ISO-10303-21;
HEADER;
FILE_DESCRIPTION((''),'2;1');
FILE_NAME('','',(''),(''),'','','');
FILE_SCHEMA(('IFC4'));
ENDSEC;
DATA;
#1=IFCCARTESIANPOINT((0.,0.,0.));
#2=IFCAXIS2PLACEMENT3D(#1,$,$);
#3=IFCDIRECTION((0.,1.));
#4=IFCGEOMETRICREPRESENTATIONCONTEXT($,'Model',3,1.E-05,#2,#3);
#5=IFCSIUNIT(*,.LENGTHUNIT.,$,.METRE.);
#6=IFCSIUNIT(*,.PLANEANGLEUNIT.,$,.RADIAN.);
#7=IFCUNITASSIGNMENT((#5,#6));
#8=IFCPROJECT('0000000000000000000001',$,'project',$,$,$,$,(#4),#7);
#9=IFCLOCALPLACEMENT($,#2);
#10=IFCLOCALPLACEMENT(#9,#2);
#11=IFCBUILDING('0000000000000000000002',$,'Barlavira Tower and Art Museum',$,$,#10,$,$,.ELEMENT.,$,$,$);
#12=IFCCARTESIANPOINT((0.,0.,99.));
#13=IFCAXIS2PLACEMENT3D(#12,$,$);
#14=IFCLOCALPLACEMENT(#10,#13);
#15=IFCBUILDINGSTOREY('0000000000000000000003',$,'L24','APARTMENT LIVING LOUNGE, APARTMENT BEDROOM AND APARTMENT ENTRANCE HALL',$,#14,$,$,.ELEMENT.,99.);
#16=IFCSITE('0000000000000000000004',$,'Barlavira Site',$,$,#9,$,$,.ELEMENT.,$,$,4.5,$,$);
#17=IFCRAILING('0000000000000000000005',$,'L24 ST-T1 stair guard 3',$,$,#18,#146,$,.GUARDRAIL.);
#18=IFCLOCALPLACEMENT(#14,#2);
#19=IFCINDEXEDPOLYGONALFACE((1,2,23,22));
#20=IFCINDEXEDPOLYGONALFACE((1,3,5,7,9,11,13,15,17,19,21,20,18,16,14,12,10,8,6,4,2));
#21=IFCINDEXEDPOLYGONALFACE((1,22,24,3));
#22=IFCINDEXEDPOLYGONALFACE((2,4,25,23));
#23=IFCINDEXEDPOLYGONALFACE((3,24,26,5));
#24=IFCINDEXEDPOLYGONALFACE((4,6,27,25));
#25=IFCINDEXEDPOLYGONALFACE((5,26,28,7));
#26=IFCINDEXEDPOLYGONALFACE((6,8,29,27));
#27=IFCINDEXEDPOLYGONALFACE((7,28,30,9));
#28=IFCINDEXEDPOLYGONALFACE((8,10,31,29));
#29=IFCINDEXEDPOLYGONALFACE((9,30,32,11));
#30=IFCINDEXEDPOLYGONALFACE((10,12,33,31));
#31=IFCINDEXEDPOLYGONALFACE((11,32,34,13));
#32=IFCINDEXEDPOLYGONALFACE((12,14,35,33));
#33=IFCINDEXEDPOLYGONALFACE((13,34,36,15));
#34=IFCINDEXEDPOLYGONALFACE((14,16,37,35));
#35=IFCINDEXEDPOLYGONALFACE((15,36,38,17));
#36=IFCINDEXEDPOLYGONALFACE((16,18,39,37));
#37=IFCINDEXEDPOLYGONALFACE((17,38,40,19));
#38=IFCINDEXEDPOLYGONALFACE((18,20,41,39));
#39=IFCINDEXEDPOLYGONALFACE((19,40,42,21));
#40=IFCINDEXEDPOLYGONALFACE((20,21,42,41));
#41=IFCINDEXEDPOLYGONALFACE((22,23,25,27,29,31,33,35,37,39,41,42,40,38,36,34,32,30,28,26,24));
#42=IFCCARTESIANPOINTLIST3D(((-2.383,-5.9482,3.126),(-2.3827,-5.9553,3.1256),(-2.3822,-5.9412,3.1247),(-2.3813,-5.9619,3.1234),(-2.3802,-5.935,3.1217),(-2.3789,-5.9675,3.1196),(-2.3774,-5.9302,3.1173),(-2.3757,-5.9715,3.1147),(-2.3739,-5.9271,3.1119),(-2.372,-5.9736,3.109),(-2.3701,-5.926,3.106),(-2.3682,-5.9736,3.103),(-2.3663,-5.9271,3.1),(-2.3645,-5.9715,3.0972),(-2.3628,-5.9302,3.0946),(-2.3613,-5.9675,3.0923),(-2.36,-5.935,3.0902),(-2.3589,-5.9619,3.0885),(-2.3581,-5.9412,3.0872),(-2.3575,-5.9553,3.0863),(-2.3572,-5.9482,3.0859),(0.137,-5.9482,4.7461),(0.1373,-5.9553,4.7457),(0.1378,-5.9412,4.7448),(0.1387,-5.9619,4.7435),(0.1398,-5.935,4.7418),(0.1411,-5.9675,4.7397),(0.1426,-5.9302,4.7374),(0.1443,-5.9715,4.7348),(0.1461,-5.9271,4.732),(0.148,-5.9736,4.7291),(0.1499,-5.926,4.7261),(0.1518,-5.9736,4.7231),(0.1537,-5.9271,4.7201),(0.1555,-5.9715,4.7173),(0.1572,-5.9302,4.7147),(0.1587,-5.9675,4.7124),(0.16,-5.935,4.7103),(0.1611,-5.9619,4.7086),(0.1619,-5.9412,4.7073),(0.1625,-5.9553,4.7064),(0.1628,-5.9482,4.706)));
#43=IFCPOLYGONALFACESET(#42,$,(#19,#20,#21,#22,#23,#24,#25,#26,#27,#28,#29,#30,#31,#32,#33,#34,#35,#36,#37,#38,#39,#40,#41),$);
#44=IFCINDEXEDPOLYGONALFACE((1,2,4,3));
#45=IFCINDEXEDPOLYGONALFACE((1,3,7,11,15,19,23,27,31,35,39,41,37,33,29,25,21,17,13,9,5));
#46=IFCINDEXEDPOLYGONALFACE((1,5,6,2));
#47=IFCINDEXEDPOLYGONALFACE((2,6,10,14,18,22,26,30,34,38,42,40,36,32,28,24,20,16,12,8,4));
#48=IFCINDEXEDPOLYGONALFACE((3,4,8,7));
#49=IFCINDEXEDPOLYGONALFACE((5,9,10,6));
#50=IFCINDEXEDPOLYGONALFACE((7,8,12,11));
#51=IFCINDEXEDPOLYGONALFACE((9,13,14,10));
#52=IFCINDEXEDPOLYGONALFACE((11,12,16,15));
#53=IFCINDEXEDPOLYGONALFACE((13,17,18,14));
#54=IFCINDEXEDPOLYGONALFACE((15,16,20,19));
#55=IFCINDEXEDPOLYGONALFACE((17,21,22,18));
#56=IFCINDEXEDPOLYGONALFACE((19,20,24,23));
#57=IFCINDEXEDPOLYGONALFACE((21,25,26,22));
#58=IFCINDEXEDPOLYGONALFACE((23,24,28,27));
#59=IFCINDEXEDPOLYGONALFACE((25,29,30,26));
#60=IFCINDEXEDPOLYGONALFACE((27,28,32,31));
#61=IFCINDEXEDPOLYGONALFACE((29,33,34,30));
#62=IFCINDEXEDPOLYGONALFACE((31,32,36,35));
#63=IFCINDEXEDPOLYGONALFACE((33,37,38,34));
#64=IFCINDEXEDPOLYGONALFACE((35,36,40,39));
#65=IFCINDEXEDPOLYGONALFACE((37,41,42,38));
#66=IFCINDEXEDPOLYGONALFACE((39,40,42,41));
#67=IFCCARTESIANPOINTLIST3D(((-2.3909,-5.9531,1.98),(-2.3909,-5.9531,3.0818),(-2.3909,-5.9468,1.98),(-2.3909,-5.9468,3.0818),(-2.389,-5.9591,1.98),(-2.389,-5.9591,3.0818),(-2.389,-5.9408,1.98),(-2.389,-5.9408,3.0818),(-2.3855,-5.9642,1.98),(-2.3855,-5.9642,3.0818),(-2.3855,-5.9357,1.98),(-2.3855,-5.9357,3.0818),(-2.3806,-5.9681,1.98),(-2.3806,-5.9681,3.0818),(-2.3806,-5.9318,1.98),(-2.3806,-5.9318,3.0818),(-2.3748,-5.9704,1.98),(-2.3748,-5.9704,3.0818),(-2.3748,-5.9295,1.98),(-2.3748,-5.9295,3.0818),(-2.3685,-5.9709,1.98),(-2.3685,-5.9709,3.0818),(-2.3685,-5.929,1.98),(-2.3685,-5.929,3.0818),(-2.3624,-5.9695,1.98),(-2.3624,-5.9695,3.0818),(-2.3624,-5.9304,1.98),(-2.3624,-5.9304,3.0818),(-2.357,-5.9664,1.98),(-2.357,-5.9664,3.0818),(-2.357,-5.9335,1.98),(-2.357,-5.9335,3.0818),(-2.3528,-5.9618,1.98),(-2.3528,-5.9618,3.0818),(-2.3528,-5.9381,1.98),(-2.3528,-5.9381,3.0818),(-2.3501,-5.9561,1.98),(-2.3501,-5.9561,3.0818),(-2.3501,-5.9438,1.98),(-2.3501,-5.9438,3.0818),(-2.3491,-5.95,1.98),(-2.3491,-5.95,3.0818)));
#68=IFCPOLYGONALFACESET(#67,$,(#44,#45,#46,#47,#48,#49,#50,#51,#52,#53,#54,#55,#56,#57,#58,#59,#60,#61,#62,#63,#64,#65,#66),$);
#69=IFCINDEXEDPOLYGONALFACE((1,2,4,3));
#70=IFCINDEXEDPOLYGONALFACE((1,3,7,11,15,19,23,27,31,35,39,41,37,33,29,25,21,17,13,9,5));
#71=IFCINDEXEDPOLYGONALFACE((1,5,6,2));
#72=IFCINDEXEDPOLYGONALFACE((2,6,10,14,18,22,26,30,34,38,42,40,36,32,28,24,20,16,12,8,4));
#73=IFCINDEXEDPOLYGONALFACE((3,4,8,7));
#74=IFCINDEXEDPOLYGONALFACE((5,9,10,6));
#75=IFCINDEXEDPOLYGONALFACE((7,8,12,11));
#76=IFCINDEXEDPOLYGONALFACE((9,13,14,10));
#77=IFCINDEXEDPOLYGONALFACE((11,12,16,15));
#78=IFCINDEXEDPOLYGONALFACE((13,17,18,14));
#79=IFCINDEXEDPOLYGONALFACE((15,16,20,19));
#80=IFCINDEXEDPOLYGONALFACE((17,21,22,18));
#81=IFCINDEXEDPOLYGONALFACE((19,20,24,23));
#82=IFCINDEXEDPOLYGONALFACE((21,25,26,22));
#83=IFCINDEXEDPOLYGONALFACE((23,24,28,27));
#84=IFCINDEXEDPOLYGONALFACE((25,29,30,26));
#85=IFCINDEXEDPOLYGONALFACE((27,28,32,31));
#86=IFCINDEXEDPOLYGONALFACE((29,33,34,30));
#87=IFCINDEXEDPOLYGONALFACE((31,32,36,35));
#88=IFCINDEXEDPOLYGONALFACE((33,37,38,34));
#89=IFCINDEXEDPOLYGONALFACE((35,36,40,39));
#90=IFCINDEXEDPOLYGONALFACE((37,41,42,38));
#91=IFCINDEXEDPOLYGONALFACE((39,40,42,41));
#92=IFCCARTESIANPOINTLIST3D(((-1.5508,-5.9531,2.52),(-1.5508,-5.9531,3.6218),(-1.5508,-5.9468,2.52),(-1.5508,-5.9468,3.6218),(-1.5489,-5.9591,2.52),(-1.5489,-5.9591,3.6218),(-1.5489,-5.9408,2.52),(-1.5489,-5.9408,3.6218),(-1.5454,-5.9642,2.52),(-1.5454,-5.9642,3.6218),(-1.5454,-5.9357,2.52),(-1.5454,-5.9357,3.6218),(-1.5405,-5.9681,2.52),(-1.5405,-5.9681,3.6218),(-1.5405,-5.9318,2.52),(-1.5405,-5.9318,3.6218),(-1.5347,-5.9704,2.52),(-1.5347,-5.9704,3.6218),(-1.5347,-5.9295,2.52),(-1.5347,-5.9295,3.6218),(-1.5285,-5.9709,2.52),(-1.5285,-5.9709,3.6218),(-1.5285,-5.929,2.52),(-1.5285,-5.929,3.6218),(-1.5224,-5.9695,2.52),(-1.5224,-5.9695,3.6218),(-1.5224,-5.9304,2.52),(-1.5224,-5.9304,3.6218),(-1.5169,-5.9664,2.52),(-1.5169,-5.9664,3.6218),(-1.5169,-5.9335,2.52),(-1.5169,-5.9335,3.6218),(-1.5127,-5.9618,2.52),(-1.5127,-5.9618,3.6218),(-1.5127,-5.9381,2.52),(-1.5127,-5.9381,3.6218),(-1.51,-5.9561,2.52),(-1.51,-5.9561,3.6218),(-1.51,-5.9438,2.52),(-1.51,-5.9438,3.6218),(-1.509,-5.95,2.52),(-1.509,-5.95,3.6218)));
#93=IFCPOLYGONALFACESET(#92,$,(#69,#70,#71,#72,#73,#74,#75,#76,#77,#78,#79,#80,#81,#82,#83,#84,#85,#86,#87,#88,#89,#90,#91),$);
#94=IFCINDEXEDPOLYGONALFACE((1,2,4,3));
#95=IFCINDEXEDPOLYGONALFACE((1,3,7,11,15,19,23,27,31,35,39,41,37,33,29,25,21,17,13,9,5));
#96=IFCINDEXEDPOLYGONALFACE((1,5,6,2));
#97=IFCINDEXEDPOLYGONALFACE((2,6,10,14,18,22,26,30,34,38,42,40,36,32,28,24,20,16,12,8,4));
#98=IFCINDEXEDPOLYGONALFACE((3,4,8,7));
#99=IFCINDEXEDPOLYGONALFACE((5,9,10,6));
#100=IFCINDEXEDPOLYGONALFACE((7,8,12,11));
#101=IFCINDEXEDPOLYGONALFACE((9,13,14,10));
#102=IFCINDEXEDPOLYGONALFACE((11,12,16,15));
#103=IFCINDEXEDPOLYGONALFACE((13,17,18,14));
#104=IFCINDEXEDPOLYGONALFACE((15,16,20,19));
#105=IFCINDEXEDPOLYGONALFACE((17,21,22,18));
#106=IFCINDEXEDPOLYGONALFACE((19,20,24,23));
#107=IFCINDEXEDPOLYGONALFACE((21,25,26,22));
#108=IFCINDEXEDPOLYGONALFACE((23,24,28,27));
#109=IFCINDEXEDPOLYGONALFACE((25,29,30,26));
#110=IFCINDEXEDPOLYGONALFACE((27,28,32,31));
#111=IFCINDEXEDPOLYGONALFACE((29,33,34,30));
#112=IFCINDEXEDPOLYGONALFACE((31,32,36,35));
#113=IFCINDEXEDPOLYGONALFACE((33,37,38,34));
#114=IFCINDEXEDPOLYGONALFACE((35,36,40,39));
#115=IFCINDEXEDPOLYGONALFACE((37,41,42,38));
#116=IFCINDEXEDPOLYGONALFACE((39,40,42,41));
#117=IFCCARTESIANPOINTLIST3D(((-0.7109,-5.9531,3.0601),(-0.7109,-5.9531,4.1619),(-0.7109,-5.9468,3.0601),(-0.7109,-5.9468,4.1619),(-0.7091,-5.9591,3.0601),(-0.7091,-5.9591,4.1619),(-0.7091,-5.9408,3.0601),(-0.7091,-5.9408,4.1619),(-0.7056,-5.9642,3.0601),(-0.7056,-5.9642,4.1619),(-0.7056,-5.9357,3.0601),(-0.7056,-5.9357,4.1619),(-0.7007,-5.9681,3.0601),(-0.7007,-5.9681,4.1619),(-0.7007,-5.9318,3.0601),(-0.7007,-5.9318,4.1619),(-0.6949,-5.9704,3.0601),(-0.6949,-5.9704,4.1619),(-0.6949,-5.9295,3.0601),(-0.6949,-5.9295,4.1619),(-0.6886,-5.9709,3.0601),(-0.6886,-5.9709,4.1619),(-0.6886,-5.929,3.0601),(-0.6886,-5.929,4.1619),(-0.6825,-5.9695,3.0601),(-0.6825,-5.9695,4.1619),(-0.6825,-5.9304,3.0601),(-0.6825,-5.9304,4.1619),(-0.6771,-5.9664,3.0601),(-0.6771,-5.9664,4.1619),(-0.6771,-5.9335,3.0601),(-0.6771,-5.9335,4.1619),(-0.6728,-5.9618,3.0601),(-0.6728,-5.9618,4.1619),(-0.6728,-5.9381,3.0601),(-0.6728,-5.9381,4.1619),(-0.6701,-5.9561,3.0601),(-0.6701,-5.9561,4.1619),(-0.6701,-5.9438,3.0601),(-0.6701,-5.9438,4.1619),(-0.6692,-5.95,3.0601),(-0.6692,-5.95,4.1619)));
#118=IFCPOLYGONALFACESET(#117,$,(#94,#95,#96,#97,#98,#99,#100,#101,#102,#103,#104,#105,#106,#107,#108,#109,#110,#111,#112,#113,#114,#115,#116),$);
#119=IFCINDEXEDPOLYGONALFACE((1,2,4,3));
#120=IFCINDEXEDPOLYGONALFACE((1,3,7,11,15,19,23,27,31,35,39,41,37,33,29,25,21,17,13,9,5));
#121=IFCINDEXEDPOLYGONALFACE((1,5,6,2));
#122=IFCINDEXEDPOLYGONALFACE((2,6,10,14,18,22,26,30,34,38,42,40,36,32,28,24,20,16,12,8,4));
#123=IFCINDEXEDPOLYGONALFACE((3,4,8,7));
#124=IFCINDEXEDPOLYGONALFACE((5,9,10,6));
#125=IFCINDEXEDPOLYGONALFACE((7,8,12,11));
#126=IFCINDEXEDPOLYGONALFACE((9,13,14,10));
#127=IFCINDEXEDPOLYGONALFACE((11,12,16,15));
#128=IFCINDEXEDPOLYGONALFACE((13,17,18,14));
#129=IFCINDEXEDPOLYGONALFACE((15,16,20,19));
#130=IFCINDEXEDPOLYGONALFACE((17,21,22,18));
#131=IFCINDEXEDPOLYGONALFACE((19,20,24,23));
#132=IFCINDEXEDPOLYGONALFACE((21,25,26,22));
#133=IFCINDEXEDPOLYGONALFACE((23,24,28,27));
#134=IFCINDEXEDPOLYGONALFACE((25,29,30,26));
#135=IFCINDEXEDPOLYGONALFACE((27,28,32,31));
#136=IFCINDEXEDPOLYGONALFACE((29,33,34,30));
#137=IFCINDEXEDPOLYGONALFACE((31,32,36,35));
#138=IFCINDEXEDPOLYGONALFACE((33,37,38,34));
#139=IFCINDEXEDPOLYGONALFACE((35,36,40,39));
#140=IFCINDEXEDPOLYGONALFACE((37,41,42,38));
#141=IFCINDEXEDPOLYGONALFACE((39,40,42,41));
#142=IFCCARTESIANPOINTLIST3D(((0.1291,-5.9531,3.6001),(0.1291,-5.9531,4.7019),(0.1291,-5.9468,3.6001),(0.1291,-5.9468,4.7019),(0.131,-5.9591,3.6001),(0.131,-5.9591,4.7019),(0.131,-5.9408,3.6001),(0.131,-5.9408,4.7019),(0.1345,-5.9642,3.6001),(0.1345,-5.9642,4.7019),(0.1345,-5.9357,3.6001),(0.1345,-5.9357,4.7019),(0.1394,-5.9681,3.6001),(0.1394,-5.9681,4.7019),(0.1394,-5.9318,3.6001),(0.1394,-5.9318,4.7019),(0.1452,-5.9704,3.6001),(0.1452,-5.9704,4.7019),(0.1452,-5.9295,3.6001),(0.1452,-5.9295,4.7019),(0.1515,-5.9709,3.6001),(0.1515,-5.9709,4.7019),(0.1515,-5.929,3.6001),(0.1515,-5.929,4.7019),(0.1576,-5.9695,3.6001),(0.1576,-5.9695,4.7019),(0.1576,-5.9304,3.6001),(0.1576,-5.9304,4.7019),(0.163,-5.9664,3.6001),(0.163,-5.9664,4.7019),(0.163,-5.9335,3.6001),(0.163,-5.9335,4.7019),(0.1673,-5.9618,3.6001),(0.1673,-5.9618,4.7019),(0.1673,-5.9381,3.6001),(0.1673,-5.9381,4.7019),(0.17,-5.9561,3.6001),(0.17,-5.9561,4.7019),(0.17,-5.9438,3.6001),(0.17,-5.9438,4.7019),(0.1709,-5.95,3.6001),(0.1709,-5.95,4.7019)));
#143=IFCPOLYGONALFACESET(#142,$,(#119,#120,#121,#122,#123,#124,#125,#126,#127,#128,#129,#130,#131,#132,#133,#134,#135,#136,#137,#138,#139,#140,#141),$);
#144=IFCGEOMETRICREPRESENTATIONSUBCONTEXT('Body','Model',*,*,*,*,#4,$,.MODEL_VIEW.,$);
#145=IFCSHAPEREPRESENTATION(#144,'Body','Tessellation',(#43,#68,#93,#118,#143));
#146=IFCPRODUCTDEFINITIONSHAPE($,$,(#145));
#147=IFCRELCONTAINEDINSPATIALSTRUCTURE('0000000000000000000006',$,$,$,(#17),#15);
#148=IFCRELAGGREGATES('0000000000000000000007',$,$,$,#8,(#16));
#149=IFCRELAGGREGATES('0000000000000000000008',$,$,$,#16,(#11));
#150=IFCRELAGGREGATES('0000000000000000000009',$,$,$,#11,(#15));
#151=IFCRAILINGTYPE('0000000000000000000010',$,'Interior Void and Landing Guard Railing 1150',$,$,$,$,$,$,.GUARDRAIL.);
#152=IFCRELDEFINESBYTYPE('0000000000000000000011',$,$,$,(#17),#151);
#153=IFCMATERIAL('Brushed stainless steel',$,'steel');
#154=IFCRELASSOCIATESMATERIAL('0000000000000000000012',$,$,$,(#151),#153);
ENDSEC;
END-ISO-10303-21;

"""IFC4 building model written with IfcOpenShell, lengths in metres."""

from ifc_helpers import new_model, si_unit, direction, frame, origin, origin_2d, place, context, subcontext, project, spatial, circle, extrude, material, type_object, element, save


model = new_model("IFC4")

# Units and contexts
model_context = context("Model", 3, precision=1e-05, world=origin(), true_north=direction((0.0, 1.0)))
body_context = subcontext(model_context, "Body", "Model", "MODEL_VIEW")
ifc_project = project(units=[si_unit("LENGTHUNIT", "METRE"), si_unit("PLANEANGLEUNIT", "RADIAN")], contexts=[model_context])

# Site, building, storey
site_placement = place(None, origin())
site = spatial("IfcSite", under=ifc_project, at=site_placement, Name="Barlavira Site", CompositionType="ELEMENT", RefElevation=4.5)
building_placement = place(site_placement, origin())
building = spatial("IfcBuilding", under=site, at=building_placement, Name="Barlavira Tower and Art Museum", CompositionType="ELEMENT")
storey_placement = place(building_placement, frame((0.0, 0.0, 99.0)))
storey = spatial("IfcBuildingStorey", under=building, at=storey_placement, Name="L24", Description="APARTMENT LIVING LOUNGE, APARTMENT BEDROOM AND APARTMENT ENTRANCE HALL", CompositionType="ELEMENT", Elevation=99.0)

# Shared definitions
ifc_material_1 = material(Name="Brushed stainless steel", Category="steel")

# Railing
railing_type_1 = type_object("IfcRailingType", Name="Interior Void and Landing Guard Railing 1150", PredefinedType="GUARDRAIL", material=ifc_material_1)
railing_1_placement = place(storey_placement, frame((-2.3701, -5.95, 1.98)))
element("IfcRailing", 1, at=railing_1_placement, inside=storey, type_object=railing_type_1, Name="L24 ST-T1 stair guard 3", PredefinedType="GUARDRAIL", context=body_context, shape_type="SweptSolid", body=[
    extrude(circle(Radius=0.0239, at=origin_2d()), frame((0.0, 0.0, 1.126), z_axis=(0.841163, 0.0, 0.540782), x_axis=(0.0, 1.0, 0.0)), (0.0, 0.0, 1.0), 2.9958),
    extrude(circle(Radius=0.021, at=origin_2d()), origin(), (0.0, 0.0, 1.0), 1.1018),
    extrude(circle(Radius=0.021, at=origin_2d()), frame((0.8401, 0.0, 0.54)), (0.0, 0.0, 1.0), 1.1018),
    extrude(circle(Radius=0.021, at=origin_2d()), frame((1.6799, 0.0, 1.0801)), (0.0, 0.0, 1.0), 1.1018),
    extrude(circle(Radius=0.021, at=origin_2d()), frame((2.52, 0.0, 1.6201)), (0.0, 0.0, 1.0), 1.1018),
])

save(model, "model.ifc")
